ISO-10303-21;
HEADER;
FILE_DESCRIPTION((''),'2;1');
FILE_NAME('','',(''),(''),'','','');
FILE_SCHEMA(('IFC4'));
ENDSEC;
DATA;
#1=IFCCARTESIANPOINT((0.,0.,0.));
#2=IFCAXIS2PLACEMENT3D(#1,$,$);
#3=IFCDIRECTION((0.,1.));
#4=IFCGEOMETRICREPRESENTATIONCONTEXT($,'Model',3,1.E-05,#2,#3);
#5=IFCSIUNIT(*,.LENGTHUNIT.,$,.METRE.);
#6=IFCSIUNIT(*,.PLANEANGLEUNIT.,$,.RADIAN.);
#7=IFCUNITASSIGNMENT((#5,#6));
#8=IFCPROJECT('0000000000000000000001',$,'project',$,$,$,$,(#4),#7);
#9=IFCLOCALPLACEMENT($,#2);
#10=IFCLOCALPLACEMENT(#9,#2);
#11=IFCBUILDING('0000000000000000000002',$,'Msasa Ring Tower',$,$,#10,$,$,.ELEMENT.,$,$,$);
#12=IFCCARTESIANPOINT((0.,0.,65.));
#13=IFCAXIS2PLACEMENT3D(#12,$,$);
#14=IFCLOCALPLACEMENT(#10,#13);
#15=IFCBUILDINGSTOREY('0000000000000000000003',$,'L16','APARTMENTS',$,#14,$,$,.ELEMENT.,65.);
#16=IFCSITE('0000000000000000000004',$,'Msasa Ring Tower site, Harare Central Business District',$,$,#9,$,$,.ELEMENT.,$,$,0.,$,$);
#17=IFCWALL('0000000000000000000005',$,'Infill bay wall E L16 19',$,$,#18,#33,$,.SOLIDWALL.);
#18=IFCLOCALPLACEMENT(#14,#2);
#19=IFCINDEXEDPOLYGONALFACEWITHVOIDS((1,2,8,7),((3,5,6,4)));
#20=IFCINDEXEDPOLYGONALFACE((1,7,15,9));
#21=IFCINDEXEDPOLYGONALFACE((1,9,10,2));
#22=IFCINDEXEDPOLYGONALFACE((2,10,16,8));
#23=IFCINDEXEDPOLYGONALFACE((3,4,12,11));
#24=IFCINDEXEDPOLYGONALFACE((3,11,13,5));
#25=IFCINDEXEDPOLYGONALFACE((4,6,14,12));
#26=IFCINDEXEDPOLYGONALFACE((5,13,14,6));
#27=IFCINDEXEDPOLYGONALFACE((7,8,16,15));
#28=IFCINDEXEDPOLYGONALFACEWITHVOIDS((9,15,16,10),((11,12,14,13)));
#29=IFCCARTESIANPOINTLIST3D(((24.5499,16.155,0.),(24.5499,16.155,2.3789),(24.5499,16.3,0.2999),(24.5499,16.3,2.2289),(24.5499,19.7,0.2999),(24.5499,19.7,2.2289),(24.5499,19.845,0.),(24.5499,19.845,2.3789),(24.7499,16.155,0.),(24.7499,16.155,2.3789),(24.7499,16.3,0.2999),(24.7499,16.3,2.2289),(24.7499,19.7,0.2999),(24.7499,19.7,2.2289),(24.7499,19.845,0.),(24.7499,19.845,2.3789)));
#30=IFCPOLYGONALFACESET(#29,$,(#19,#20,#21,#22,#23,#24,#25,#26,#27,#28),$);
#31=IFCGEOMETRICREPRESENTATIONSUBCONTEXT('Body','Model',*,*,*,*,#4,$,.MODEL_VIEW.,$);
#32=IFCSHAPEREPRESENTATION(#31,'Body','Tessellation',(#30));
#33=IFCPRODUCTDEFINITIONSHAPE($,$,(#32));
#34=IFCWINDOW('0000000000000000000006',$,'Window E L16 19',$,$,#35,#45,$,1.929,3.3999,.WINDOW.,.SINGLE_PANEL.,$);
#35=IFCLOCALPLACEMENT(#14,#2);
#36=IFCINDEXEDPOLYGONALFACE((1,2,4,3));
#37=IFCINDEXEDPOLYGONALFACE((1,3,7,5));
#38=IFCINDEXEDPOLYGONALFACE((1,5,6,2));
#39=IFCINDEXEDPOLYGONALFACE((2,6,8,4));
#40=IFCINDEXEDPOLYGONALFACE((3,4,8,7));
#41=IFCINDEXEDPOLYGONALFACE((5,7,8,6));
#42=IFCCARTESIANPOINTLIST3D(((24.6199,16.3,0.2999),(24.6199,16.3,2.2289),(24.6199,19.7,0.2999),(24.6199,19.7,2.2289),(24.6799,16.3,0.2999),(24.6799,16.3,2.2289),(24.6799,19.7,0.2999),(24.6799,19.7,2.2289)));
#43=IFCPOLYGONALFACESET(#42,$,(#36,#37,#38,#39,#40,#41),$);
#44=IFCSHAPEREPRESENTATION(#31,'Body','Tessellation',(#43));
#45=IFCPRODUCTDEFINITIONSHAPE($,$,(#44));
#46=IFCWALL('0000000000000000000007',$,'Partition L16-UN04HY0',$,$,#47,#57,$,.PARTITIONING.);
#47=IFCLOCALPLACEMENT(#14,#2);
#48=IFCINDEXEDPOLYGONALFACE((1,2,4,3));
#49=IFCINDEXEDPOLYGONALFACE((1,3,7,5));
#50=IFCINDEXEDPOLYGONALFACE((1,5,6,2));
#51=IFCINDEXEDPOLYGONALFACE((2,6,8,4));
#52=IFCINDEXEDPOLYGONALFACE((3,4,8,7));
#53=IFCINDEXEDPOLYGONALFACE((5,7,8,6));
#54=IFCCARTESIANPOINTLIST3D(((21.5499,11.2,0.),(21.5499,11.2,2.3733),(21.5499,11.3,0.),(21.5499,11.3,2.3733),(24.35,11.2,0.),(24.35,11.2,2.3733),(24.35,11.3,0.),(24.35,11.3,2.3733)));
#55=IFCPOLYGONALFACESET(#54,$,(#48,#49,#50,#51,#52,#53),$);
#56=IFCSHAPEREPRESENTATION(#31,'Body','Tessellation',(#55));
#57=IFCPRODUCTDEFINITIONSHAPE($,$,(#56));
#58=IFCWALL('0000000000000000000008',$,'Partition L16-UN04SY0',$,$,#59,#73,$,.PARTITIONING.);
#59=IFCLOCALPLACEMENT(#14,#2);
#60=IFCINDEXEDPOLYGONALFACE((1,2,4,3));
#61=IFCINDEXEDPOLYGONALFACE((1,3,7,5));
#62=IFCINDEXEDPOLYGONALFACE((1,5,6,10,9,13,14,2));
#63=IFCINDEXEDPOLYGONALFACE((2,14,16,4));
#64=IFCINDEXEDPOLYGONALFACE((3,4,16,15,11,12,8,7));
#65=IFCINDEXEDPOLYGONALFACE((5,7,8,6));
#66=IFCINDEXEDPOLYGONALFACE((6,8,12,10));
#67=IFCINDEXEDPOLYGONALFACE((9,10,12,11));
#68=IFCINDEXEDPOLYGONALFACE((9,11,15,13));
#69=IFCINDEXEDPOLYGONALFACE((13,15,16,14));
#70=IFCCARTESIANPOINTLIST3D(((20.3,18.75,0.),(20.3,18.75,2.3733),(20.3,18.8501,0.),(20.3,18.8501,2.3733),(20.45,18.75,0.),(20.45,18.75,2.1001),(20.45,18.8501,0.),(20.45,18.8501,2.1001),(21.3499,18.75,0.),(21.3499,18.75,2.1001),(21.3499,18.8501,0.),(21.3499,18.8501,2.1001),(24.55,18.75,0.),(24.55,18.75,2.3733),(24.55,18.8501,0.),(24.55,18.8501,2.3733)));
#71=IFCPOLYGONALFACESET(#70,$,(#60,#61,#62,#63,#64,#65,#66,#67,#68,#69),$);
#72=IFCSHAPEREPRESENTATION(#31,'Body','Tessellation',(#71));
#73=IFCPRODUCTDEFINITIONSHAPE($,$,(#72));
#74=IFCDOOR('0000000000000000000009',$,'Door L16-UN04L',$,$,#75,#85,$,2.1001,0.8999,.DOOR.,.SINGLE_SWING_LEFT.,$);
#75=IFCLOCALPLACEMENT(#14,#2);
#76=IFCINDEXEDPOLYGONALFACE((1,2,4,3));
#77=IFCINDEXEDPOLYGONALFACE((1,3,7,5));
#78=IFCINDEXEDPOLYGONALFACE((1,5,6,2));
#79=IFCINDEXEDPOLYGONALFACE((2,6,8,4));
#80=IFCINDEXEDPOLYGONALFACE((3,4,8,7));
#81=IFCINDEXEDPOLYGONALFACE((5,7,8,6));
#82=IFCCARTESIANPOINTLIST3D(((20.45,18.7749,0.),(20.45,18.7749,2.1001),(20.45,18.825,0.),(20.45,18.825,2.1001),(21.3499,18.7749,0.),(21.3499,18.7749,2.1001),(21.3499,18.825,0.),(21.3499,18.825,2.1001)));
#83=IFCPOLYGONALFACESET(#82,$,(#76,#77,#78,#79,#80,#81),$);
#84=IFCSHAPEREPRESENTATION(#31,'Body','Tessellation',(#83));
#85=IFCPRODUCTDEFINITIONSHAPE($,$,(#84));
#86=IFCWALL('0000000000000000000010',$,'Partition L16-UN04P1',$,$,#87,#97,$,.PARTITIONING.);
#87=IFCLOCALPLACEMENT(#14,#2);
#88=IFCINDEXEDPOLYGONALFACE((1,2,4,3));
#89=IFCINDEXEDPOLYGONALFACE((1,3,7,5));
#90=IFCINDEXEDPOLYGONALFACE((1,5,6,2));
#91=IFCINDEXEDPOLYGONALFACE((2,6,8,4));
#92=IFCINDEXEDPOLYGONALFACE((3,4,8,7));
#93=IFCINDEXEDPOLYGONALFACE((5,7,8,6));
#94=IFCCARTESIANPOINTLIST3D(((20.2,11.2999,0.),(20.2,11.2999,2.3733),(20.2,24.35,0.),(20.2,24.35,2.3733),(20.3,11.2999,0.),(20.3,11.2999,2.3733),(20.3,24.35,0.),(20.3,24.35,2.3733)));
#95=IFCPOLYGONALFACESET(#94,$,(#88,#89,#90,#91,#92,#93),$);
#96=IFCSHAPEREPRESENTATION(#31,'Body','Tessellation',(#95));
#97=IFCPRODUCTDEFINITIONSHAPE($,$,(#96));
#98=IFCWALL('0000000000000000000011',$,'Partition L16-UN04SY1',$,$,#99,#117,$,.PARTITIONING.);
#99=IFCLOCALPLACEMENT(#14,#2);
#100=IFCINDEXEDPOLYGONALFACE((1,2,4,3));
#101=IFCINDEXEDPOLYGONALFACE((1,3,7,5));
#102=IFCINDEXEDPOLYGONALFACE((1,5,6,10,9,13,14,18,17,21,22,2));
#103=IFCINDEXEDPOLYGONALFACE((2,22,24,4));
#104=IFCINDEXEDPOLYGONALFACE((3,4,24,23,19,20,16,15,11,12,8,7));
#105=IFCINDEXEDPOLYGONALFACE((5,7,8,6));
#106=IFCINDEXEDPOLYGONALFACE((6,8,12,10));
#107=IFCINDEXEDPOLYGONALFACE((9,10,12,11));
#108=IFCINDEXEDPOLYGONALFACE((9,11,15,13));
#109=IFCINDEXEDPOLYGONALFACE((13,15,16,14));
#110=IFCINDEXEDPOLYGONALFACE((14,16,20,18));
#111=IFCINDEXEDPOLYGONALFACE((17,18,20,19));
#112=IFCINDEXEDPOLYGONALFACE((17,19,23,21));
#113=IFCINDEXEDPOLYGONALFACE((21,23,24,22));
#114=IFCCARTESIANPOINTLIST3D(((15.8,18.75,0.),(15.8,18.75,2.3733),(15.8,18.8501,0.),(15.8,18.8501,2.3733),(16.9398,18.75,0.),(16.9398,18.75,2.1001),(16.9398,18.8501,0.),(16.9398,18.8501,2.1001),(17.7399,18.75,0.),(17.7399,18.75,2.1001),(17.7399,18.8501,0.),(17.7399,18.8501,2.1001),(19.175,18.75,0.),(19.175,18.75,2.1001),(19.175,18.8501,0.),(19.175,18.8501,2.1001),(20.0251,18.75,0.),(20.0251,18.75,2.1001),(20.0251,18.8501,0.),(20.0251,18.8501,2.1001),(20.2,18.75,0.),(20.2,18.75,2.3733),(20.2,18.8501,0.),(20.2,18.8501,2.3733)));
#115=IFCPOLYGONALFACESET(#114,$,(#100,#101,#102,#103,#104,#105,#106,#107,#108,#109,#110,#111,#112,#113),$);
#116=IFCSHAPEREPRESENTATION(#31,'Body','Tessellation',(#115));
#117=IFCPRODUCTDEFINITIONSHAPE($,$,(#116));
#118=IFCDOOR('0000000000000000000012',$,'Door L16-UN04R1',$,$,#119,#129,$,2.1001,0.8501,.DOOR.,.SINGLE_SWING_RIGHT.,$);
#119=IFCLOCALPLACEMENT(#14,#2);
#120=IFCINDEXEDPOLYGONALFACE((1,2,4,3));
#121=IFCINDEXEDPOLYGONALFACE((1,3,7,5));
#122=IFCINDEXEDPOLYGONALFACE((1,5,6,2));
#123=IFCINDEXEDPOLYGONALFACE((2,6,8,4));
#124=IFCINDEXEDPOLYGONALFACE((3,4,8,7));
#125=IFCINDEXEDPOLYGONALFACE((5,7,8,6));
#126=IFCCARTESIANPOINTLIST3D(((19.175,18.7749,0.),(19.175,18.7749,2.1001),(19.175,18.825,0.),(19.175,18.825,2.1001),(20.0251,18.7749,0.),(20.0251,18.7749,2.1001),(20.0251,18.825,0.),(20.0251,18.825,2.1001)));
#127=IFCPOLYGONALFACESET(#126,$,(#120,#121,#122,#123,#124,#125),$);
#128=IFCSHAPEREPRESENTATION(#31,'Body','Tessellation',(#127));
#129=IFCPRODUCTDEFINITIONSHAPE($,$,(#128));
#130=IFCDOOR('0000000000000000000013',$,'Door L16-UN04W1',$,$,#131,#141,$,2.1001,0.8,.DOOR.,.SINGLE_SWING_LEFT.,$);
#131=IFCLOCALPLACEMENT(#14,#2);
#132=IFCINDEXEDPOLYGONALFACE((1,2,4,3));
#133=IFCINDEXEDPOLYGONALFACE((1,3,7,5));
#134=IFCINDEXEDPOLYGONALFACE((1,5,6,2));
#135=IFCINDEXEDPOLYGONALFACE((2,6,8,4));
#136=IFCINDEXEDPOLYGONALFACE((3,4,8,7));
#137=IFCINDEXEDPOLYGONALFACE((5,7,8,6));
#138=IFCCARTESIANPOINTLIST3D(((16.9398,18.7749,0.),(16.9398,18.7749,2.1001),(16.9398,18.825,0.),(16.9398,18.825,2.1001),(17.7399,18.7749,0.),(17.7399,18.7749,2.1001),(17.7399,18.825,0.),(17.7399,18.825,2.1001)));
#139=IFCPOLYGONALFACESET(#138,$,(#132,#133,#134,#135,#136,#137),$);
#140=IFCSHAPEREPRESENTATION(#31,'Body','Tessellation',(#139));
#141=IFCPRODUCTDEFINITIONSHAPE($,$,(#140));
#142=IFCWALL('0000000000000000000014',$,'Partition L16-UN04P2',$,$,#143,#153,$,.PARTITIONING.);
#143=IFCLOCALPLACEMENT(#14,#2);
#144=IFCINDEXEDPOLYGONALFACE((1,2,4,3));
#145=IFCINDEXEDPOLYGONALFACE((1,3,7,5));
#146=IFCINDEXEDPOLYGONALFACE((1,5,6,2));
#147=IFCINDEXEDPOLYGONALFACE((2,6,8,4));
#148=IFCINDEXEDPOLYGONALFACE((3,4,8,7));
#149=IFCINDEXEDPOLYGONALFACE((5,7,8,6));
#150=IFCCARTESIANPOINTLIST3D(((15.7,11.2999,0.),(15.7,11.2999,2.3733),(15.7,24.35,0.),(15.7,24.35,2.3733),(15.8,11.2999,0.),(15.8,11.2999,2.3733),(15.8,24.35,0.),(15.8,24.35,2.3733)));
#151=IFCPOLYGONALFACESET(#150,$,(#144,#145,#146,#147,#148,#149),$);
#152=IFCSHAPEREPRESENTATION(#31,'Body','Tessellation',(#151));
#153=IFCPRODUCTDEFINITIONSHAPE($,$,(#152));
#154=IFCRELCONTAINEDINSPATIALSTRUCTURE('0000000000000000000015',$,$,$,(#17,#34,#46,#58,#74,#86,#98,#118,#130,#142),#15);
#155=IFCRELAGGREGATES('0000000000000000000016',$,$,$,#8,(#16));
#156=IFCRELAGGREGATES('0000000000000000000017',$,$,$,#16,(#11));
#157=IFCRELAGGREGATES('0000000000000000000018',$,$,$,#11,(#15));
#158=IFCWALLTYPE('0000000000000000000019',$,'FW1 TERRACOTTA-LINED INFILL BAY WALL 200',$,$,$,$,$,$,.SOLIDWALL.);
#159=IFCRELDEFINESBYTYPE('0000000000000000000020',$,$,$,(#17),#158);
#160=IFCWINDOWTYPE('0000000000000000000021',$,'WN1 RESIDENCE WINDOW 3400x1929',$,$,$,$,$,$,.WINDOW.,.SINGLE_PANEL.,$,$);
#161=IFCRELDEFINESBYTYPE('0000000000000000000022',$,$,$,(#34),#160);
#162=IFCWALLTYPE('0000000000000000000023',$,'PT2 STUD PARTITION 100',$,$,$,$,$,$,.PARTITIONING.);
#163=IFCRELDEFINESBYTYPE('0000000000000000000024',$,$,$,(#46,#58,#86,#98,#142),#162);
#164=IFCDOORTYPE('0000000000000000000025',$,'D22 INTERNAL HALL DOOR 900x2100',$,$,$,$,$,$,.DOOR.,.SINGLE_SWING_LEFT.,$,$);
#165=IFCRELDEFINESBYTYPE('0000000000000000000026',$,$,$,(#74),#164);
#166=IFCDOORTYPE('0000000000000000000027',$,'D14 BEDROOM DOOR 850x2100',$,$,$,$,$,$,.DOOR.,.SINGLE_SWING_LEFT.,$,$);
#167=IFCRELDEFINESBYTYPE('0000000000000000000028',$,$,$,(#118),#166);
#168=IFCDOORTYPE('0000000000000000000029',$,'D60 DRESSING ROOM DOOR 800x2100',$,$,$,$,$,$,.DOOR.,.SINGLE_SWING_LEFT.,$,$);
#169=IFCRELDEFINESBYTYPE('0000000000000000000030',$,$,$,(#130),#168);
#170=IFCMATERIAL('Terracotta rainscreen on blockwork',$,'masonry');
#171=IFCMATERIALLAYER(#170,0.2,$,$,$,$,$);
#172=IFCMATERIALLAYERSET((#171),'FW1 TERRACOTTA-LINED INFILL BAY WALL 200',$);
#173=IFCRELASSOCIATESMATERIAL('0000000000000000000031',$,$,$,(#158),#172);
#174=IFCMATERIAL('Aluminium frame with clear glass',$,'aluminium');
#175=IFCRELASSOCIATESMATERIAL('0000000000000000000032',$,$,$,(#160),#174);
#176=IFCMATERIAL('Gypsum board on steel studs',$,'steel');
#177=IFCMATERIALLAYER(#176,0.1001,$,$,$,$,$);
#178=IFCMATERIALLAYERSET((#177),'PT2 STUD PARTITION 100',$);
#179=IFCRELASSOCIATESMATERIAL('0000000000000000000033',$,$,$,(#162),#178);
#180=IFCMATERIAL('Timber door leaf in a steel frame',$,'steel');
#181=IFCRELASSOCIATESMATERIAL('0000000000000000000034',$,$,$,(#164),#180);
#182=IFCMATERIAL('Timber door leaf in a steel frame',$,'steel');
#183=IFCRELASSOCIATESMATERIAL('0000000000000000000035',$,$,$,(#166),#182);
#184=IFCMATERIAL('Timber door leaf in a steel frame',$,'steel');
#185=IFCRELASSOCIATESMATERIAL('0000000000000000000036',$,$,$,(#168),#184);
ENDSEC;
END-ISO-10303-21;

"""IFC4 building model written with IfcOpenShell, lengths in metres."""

from ifc_helpers import new_model, si_unit, direction, frame, frame_2d, origin, place, context, subcontext, project, spatial, rectangle, extrude, material, layer, layer_set, type_object, element, fill, save


model = new_model("IFC4")

# Units and contexts
model_context = context("Model", 3, precision=1e-05, world=origin(), true_north=direction((0.0, 1.0)))
body_context = subcontext(model_context, "Body", "Model", "MODEL_VIEW")
ifc_project = project(units=[si_unit("LENGTHUNIT", "METRE"), si_unit("PLANEANGLEUNIT", "RADIAN")], contexts=[model_context])

# Site, building, storey
site_placement = place(None, origin())
site = spatial("IfcSite", under=ifc_project, at=site_placement, Name="Msasa Ring Tower site, Harare Central Business District", CompositionType="ELEMENT", RefElevation=0.0)
building_placement = place(site_placement, origin())
building = spatial("IfcBuilding", under=site, at=building_placement, Name="Msasa Ring Tower", CompositionType="ELEMENT")
storey_placement = place(building_placement, frame((0.0, 0.0, 65.0)))
storey = spatial("IfcBuildingStorey", under=building, at=storey_placement, Name="L16", Description="APARTMENTS", CompositionType="ELEMENT", Elevation=65.0)

# Wall, opening, window
ifc_material_1 = material(Name="Terracotta rainscreen on blockwork", Category="masonry")
ifc_layer_1 = layer(ifc_material_1, 0.2)
ifc_layer_set_1 = layer_set([ifc_layer_1], Name="FW1 TERRACOTTA-LINED INFILL BAY WALL 200")
wall_type_1 = type_object("IfcWallType", Name="FW1 TERRACOTTA-LINED INFILL BAY WALL 200", PredefinedType="SOLIDWALL", material=ifc_layer_set_1)
ifc_material_2 = material(Name="Aluminium frame with clear glass", Category="aluminium")
window_type = type_object("IfcWindowType", Name="WN1 RESIDENCE WINDOW 3400x1929", PartitioningType="SINGLE_PANEL", PredefinedType="WINDOW", material=ifc_material_2)
wall_1_placement = place(storey_placement, frame((24.6499, 16.155, 0.0), z_axis=(0.0, 0.0, 1.0), x_axis=(0.0, 1.0, 0.0)))
wall_1 = element("IfcWall", 1, at=wall_1_placement, inside=storey, type_object=wall_type_1, Name="Infill bay wall E L16 19", PredefinedType="SOLIDWALL", context=body_context, shape_type="SweptSolid", body=[
    extrude(rectangle(XDim=3.6899, YDim=0.2, at=frame_2d((1.845, 0.0))), origin(), (0.0, 0.0, 1.0), 2.3789),
])
opening_1_placement = place(wall_1_placement, frame((0.145, 0.0, 0.3)))
opening_1 = element("IfcOpeningElement", 2, at=opening_1_placement, cuts=wall_1, PredefinedType="OPENING", context=body_context, shape_type="SweptSolid", body=[
    extrude(rectangle(XDim=3.3999, YDim=1.929, at=frame_2d((1.7, 0.9644))), frame((0.0, 0.1099, 0.0), z_axis=(0.0, -1.0, 0.0), x_axis=(1.0, 0.0, 0.0)), (0.0, 0.0, 1.0), 0.22),
])
window_1_placement = place(opening_1_placement, origin())
window_1 = element("IfcWindow", 3, at=window_1_placement, inside=storey, type_object=window_type, Name="Window E L16 19", OverallHeight=1.929, OverallWidth=3.3999, PartitioningType="SINGLE_PANEL", PredefinedType="WINDOW", context=body_context, shape_type="SweptSolid", body=[
    extrude(rectangle(XDim=3.3999, YDim=1.929, at=frame_2d((1.7, 0.9644))), frame((0.0, 0.03, 0.0), z_axis=(0.0, -1.0, 0.0), x_axis=(1.0, 0.0, 0.0)), (0.0, 0.0, 1.0), 0.0601),
])
fill(opening_1, window_1)

# Wall
ifc_material_3 = material(Name="Gypsum board on steel studs", Category="steel")
ifc_layer_2 = layer(ifc_material_3, 0.1001)
ifc_layer_set_2 = layer_set([ifc_layer_2], Name="PT2 STUD PARTITION 100")
wall_type_2 = type_object("IfcWallType", Name="PT2 STUD PARTITION 100", PredefinedType="PARTITIONING", material=ifc_layer_set_2)
wall_2_placement = place(storey_placement, frame((21.55, 11.25, 0.0), z_axis=(0.0, 0.0, 1.0), x_axis=(1.0, 0.0, 0.0)))
element("IfcWall", 4, at=wall_2_placement, inside=storey, type_object=wall_type_2, Name="Partition L16-UN04HY0", PredefinedType="PARTITIONING", context=body_context, shape_type="SweptSolid", body=[
    extrude(rectangle(XDim=2.8, YDim=0.1001, at=frame_2d((1.3999, 0.0))), origin(), (0.0, 0.0, 1.0), 2.3733),
])

# Wall, opening, door
wall_3_placement = place(storey_placement, frame((20.3, 18.8, 0.0), z_axis=(0.0, 0.0, 1.0), x_axis=(1.0, 0.0, 0.0)))
wall_3 = element("IfcWall", 5, at=wall_3_placement, inside=storey, type_object=wall_type_2, Name="Partition L16-UN04SY0", PredefinedType="PARTITIONING", context=body_context, shape_type="SweptSolid", body=[
    extrude(rectangle(XDim=4.25, YDim=0.1001, at=frame_2d((2.125, 0.0))), origin(), (0.0, 0.0, 1.0), 2.3733),
])
opening_2_placement = place(wall_3_placement, frame((0.1499, 0.0, 0.0)))
opening_2 = element("IfcOpeningElement", 6, at=opening_2_placement, cuts=wall_3, PredefinedType="OPENING", context=body_context, shape_type="SweptSolid", body=[
    extrude(rectangle(XDim=0.8999, YDim=2.1001, at=frame_2d((0.45, 1.05))), frame((0.0, 0.0601, 0.0), z_axis=(0.0, -1.0, 0.0), x_axis=(1.0, 0.0, 0.0)), (0.0, 0.0, 1.0), 0.1201),
])
ifc_material_4 = material(Name="Timber door leaf in a steel frame", Category="steel")
door_type_1 = type_object("IfcDoorType", Name="D22 INTERNAL HALL DOOR 900x2100", OperationType="SINGLE_SWING_LEFT", PredefinedType="DOOR", material=ifc_material_4)
door_1_placement = place(opening_2_placement, origin())
door_1 = element("IfcDoor", 7, at=door_1_placement, inside=storey, type_object=door_type_1, Name="Door L16-UN04L", OperationType="SINGLE_SWING_LEFT", OverallHeight=2.1001, OverallWidth=0.8999, PredefinedType="DOOR", context=body_context, shape_type="SweptSolid", body=[
    extrude(rectangle(XDim=0.8999, YDim=2.1001, at=frame_2d((0.45, 1.05))), frame((0.0, 0.0249, 0.0), z_axis=(0.0, -1.0, 0.0), x_axis=(1.0, 0.0, 0.0)), (0.0, 0.0, 1.0), 0.05),
])
fill(opening_2, door_1)

# Wall
wall_4_placement = place(storey_placement, frame((20.25, 11.3, 0.0), z_axis=(0.0, 0.0, 1.0), x_axis=(0.0, 1.0, 0.0)))
element("IfcWall", 8, at=wall_4_placement, inside=storey, type_object=wall_type_2, Name="Partition L16-UN04P1", PredefinedType="PARTITIONING", context=body_context, shape_type="SweptSolid", body=[
    extrude(rectangle(XDim=13.05, YDim=0.1001, at=frame_2d((6.5249, 0.0))), origin(), (0.0, 0.0, 1.0), 2.3733),
])

# Wall, openings, doors
wall_5_placement = place(storey_placement, frame((15.8, 18.8, 0.0), z_axis=(0.0, 0.0, 1.0), x_axis=(1.0, 0.0, 0.0)))
wall_5 = element("IfcWall", 9, at=wall_5_placement, inside=storey, type_object=wall_type_2, Name="Partition L16-UN04SY1", PredefinedType="PARTITIONING", context=body_context, shape_type="SweptSolid", body=[
    extrude(rectangle(XDim=4.3999, YDim=0.1001, at=frame_2d((2.2, 0.0))), origin(), (0.0, 0.0, 1.0), 2.3733),
])
opening_3_placement = place(wall_5_placement, frame((3.375, 0.0, 0.0)))
opening_3 = element("IfcOpeningElement", 10, at=opening_3_placement, cuts=wall_5, PredefinedType="OPENING", context=body_context, shape_type="SweptSolid", body=[
    extrude(rectangle(XDim=0.8501, YDim=2.1001, at=frame_2d((0.425, 1.05))), frame((0.0, 0.0601, 0.0), z_axis=(0.0, -1.0, 0.0), x_axis=(1.0, 0.0, 0.0)), (0.0, 0.0, 1.0), 0.1201),
])
opening_4_placement = place(wall_5_placement, frame((1.1399, 0.0, 0.0)))
opening_4 = element("IfcOpeningElement", 11, at=opening_4_placement, cuts=wall_5, PredefinedType="OPENING", context=body_context, shape_type="SweptSolid", body=[
    extrude(rectangle(XDim=0.8, YDim=2.1001, at=frame_2d((0.3999, 1.05))), frame((0.0, 0.0601, 0.0), z_axis=(0.0, -1.0, 0.0), x_axis=(1.0, 0.0, 0.0)), (0.0, 0.0, 1.0), 0.1201),
])
ifc_material_5 = material(Name="Timber door leaf in a steel frame", Category="steel")
door_type_2 = type_object("IfcDoorType", Name="D14 BEDROOM DOOR 850x2100", OperationType="SINGLE_SWING_LEFT", PredefinedType="DOOR", material=ifc_material_5)
door_2_placement = place(opening_3_placement, origin())
door_2 = element("IfcDoor", 12, at=door_2_placement, inside=storey, type_object=door_type_2, Name="Door L16-UN04R1", OperationType="SINGLE_SWING_RIGHT", OverallHeight=2.1001, OverallWidth=0.8501, PredefinedType="DOOR", context=body_context, shape_type="SweptSolid", body=[
    extrude(rectangle(XDim=0.8501, YDim=2.1001, at=frame_2d((0.425, 1.05))), frame((0.0, 0.0249, 0.0), z_axis=(0.0, -1.0, 0.0), x_axis=(1.0, 0.0, 0.0)), (0.0, 0.0, 1.0), 0.05),
])
fill(opening_3, door_2)
ifc_material_6 = material(Name="Timber door leaf in a steel frame", Category="steel")
door_type_3 = type_object("IfcDoorType", Name="D60 DRESSING ROOM DOOR 800x2100", OperationType="SINGLE_SWING_LEFT", PredefinedType="DOOR", material=ifc_material_6)
door_3_placement = place(opening_4_placement, origin())
door_3 = element("IfcDoor", 13, at=door_3_placement, inside=storey, type_object=door_type_3, Name="Door L16-UN04W1", OperationType="SINGLE_SWING_LEFT", OverallHeight=2.1001, OverallWidth=0.8, PredefinedType="DOOR", context=body_context, shape_type="SweptSolid", body=[
    extrude(rectangle(XDim=0.8, YDim=2.1001, at=frame_2d((0.3999, 1.05))), frame((0.0, 0.0249, 0.0), z_axis=(0.0, -1.0, 0.0), x_axis=(1.0, 0.0, 0.0)), (0.0, 0.0, 1.0), 0.05),
])
fill(opening_4, door_3)

# Wall
wall_6_placement = place(storey_placement, frame((15.75, 11.3, 0.0), z_axis=(0.0, 0.0, 1.0), x_axis=(0.0, 1.0, 0.0)))
element("IfcWall", 14, at=wall_6_placement, inside=storey, type_object=wall_type_2, Name="Partition L16-UN04P2", PredefinedType="PARTITIONING", context=body_context, shape_type="SweptSolid", body=[
    extrude(rectangle(XDim=13.05, YDim=0.1001, at=frame_2d((6.5249, 0.0))), origin(), (0.0, 0.0, 1.0), 2.3733),
])

save(model, "model.ifc")
